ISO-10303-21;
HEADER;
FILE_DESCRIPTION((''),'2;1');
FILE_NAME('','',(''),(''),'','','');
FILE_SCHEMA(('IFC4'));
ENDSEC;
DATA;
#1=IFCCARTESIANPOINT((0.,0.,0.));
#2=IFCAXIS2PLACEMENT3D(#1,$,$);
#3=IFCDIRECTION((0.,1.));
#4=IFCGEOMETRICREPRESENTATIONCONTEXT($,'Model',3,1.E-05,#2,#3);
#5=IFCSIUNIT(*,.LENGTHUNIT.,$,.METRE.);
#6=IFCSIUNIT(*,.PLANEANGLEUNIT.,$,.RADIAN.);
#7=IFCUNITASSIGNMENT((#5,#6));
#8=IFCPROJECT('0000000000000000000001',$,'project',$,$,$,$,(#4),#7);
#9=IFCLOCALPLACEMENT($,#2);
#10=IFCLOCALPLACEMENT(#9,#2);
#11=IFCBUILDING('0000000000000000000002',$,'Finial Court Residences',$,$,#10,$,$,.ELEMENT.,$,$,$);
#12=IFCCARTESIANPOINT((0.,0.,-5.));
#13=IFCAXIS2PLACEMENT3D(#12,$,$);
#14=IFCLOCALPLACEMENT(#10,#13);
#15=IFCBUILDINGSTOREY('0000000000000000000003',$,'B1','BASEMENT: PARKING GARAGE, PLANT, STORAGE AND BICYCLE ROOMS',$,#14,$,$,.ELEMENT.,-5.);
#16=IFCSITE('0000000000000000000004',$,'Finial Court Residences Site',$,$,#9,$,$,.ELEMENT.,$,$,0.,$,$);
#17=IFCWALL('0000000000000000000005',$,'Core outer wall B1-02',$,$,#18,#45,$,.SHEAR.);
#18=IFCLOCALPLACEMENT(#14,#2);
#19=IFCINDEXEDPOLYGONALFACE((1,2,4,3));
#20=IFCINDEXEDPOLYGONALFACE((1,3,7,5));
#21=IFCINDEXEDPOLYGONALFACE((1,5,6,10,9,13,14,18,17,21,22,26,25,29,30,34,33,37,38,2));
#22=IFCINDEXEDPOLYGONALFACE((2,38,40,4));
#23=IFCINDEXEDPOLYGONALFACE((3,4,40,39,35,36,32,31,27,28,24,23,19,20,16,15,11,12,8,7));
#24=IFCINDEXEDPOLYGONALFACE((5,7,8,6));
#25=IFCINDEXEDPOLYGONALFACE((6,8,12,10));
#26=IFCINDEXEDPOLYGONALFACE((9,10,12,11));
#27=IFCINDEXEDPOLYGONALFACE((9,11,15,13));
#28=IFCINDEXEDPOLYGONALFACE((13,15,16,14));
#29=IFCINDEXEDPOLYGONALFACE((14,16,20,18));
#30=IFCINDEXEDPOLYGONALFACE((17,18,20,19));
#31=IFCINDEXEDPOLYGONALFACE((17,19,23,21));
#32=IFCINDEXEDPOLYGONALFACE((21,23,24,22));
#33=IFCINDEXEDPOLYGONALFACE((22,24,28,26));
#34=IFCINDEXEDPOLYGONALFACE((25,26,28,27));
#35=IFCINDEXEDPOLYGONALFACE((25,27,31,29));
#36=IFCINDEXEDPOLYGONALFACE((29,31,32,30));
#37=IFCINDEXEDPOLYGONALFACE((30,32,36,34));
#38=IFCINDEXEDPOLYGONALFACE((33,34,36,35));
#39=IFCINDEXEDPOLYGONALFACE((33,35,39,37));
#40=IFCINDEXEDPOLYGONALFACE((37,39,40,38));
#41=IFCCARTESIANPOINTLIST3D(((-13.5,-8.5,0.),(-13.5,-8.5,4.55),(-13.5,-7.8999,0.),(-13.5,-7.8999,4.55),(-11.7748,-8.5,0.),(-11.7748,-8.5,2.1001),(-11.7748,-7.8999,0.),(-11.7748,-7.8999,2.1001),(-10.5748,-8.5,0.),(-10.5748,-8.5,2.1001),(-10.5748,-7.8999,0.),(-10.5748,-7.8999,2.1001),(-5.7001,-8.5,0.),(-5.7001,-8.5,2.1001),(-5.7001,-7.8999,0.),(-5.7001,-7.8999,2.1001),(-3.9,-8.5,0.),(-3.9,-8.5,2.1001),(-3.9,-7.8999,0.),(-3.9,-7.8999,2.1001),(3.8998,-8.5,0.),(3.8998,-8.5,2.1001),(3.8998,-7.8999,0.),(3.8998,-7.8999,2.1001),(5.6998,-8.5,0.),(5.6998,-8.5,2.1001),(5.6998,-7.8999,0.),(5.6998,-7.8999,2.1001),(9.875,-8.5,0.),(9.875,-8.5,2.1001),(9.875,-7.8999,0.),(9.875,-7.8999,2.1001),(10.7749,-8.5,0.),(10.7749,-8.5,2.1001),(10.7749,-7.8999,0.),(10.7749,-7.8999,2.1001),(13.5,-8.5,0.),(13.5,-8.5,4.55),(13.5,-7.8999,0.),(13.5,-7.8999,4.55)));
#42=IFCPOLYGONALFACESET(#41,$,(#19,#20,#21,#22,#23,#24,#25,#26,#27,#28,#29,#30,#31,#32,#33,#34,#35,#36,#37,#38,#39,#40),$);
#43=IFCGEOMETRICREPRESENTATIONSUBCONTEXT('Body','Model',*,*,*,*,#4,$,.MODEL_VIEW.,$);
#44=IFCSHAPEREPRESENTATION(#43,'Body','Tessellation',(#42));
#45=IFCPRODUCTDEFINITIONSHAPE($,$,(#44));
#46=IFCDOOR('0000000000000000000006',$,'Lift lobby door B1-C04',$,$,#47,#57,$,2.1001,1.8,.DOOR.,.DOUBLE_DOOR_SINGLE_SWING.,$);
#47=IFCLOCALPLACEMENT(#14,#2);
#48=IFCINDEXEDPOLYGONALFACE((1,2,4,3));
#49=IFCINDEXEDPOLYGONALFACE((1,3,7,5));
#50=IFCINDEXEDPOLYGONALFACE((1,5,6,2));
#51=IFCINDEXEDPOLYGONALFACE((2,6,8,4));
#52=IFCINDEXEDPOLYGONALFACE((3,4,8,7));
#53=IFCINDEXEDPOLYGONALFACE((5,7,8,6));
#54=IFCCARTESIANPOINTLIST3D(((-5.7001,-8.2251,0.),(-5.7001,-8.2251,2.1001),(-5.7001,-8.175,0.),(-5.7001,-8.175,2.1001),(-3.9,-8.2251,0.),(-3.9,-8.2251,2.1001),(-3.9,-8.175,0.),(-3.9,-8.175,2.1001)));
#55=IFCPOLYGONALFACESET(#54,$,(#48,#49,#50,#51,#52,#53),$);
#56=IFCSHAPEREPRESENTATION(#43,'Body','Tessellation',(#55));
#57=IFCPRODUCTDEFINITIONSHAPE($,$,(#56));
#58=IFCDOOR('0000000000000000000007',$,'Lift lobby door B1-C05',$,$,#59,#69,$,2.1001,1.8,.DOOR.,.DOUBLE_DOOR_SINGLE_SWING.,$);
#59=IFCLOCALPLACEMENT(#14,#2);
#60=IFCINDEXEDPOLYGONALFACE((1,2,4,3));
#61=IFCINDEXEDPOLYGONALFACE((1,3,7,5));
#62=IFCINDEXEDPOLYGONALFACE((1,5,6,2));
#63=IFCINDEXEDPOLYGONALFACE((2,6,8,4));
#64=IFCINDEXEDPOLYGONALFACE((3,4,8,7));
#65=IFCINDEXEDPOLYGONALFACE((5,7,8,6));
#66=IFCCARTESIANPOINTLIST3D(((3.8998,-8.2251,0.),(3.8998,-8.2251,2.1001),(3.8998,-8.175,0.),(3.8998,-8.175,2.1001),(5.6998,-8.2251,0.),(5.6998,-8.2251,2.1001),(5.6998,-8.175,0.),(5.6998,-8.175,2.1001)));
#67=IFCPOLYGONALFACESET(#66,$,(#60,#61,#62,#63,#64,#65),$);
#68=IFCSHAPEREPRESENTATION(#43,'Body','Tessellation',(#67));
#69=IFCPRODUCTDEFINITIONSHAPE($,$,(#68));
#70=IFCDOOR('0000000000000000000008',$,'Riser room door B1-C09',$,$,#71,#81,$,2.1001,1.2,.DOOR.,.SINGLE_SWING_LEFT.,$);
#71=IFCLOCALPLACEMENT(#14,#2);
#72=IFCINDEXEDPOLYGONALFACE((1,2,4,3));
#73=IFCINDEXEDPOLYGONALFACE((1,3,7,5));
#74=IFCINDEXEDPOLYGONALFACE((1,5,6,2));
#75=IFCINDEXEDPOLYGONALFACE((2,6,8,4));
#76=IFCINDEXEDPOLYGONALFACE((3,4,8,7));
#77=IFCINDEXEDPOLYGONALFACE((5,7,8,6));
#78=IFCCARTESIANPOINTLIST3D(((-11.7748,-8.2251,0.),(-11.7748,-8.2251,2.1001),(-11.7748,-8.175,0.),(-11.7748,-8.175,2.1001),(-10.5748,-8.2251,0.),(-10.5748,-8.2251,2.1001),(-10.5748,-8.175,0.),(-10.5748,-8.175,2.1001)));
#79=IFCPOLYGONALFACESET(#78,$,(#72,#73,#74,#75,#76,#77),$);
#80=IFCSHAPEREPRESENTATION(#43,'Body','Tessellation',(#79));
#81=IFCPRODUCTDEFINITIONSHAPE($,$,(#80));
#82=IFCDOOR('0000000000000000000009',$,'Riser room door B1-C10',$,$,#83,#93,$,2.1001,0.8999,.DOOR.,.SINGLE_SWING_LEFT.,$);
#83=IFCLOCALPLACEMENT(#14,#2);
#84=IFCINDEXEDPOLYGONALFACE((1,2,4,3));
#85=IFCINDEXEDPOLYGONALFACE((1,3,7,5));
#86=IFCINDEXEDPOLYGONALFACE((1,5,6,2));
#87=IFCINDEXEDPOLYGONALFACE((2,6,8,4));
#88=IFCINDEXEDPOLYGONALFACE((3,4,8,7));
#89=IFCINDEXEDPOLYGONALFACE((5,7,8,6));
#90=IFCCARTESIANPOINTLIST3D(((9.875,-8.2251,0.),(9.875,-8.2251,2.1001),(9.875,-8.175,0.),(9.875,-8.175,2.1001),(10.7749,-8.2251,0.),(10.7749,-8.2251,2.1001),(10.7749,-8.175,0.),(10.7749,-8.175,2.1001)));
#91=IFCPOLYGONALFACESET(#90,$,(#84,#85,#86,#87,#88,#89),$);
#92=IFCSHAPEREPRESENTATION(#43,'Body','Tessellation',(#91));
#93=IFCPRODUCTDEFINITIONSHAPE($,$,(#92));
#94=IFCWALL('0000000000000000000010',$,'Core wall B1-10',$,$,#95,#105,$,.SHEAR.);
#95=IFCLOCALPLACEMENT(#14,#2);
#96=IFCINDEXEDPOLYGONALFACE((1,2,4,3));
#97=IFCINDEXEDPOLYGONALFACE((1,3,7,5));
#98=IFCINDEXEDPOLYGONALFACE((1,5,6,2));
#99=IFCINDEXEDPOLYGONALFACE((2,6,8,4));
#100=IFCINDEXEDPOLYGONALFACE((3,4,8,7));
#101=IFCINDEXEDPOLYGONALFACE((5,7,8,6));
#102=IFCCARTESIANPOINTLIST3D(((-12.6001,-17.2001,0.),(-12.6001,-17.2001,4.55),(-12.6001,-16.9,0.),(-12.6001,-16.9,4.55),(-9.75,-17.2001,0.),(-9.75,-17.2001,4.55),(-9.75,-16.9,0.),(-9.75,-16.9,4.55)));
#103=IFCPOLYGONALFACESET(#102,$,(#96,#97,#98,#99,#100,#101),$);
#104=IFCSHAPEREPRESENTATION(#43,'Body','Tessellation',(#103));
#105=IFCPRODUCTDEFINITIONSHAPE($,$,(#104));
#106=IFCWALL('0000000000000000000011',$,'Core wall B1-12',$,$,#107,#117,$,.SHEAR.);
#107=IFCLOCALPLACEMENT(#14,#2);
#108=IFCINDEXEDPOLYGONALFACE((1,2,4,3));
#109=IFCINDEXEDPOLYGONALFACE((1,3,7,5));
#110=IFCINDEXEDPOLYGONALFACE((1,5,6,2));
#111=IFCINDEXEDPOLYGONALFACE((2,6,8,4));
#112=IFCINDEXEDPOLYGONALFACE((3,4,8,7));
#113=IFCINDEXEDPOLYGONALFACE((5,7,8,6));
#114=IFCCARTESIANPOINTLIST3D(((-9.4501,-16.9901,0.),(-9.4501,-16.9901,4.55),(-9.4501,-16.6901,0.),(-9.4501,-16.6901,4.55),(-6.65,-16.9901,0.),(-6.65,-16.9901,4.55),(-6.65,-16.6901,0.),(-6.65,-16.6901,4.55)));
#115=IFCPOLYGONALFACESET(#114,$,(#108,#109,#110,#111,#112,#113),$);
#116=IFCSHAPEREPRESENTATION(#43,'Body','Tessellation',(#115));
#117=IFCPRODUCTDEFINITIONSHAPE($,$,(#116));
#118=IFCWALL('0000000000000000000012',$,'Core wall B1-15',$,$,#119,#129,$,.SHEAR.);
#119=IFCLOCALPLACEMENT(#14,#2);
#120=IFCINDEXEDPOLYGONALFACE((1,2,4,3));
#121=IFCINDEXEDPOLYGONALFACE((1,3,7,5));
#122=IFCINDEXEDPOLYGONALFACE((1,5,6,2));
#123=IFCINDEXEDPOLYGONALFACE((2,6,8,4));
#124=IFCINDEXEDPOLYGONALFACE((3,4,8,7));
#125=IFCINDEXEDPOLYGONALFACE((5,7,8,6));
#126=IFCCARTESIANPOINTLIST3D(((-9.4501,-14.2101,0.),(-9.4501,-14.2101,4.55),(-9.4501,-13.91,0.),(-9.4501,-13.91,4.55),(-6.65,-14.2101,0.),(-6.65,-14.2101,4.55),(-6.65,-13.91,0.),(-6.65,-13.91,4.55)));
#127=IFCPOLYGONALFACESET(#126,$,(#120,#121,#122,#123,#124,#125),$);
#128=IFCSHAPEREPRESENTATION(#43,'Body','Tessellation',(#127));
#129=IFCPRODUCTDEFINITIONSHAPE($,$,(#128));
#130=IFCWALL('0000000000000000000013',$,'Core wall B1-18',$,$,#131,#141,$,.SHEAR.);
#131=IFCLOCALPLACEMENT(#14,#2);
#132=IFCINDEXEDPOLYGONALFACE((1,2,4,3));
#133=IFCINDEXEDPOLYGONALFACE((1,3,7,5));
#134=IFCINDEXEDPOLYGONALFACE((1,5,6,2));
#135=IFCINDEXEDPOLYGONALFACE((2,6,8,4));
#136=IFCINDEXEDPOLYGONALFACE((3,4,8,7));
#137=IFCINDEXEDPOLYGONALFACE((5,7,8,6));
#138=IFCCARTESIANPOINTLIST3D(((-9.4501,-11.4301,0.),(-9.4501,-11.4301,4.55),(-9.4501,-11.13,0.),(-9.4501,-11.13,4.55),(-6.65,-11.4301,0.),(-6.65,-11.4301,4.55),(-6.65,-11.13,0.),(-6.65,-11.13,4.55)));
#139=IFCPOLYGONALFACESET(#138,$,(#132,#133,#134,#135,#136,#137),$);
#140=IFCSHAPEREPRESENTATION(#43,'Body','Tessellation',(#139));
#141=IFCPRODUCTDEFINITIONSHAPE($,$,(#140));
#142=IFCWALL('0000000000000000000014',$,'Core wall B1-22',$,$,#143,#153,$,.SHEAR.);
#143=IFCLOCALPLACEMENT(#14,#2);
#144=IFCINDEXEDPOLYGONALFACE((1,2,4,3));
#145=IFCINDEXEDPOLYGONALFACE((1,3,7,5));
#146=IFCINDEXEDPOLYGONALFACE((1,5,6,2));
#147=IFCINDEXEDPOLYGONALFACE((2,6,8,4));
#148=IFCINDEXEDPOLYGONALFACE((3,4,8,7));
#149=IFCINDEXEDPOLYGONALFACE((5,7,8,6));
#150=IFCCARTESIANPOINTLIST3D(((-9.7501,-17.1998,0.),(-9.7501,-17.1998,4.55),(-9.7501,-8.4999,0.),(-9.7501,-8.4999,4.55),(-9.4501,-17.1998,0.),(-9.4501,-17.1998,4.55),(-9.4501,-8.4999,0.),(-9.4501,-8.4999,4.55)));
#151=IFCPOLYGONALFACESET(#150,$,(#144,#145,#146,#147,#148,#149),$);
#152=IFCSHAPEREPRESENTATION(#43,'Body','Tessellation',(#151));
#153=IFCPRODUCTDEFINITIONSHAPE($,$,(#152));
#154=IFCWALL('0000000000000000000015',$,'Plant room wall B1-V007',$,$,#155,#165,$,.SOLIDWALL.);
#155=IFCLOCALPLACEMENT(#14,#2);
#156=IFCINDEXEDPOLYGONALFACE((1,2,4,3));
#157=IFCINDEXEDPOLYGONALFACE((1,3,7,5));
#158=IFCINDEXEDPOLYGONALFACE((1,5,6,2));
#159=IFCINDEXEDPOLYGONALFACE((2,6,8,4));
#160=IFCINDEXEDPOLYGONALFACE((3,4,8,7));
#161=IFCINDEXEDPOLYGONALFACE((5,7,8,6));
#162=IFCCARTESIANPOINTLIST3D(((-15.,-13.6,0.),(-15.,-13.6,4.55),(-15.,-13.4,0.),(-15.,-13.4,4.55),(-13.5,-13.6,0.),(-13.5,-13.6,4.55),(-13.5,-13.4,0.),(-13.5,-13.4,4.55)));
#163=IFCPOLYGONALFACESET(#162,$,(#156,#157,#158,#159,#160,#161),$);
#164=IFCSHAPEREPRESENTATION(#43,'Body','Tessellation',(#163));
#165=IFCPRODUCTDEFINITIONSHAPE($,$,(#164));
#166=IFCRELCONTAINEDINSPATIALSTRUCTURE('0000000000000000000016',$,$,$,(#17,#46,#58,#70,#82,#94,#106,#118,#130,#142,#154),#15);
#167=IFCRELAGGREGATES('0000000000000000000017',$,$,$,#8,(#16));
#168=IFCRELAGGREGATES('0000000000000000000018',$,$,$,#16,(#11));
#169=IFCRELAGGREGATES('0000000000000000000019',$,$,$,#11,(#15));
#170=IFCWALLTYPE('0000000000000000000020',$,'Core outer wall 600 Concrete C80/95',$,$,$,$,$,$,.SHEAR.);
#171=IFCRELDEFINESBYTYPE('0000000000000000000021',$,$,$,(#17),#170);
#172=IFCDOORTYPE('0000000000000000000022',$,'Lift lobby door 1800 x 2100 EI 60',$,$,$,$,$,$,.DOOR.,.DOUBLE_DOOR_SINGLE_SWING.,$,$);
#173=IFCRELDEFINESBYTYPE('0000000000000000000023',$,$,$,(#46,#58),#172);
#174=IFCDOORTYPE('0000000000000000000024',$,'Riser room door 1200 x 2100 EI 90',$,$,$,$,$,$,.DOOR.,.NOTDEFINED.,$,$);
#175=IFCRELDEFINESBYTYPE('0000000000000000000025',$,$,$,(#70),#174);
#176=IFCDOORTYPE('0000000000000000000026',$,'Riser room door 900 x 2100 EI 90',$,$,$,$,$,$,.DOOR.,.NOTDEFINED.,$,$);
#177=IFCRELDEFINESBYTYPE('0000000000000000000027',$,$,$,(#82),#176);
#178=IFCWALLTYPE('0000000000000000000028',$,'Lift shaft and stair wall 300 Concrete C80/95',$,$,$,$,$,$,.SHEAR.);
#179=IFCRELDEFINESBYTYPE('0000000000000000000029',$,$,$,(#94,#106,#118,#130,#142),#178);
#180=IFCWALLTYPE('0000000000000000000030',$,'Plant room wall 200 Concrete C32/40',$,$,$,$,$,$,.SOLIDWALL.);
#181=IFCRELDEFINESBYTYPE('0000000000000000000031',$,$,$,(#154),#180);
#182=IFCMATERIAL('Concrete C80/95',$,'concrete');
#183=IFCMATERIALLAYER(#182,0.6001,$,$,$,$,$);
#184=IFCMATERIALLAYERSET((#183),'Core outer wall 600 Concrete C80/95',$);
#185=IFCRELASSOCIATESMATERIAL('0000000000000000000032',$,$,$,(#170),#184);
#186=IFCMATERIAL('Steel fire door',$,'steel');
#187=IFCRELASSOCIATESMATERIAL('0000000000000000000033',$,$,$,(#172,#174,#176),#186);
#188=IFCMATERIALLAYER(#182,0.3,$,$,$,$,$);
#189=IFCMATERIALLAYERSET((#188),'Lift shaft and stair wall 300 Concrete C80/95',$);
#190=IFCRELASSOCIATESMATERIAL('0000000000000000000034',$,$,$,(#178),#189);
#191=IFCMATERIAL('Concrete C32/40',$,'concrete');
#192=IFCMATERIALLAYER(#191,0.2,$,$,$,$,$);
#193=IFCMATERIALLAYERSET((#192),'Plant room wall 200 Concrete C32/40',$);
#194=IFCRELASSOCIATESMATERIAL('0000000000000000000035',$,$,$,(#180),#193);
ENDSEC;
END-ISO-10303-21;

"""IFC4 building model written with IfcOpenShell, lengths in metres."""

from ifc_helpers import new_model, si_unit, direction, frame, frame_2d, origin, place, context, subcontext, project, spatial, rectangle, extrude, material, layer, layer_set, type_object, element, fill, save


model = new_model("IFC4")

# Units and contexts
model_context = context("Model", 3, precision=1e-05, world=origin(), true_north=direction((0.0, 1.0)))
body_context = subcontext(model_context, "Body", "Model", "MODEL_VIEW")
ifc_project = project(units=[si_unit("LENGTHUNIT", "METRE"), si_unit("PLANEANGLEUNIT", "RADIAN")], contexts=[model_context])

# Site, building, storey
site_placement = place(None, origin())
site = spatial("IfcSite", under=ifc_project, at=site_placement, Name="Finial Court Residences Site", CompositionType="ELEMENT", RefElevation=0.0)
building_placement = place(site_placement, origin())
building = spatial("IfcBuilding", under=site, at=building_placement, Name="Finial Court Residences", CompositionType="ELEMENT")
storey_placement = place(building_placement, frame((0.0, 0.0, -5.0)))
storey = spatial("IfcBuildingStorey", under=building, at=storey_placement, Name="B1", Description="BASEMENT: PARKING GARAGE, PLANT, STORAGE AND BICYCLE ROOMS", CompositionType="ELEMENT", Elevation=-5.0)

# Shared definitions
ifc_material_1 = material(Name="Concrete C80/95", Category="concrete")

# Wall, openings, doors
ifc_layer_1 = layer(ifc_material_1, 0.6001)
ifc_layer_set_1 = layer_set([ifc_layer_1], Name="Core outer wall 600 Concrete C80/95")
wall_type_1 = type_object("IfcWallType", Name="Core outer wall 600 Concrete C80/95", PredefinedType="SHEAR", material=ifc_layer_set_1)
wall_1_placement = place(storey_placement, frame((-13.5, -8.2, 0.0), z_axis=(0.0, 0.0, 1.0), x_axis=(1.0, 0.0, 0.0)))
wall_1 = element("IfcWall", 1, at=wall_1_placement, inside=storey, type_object=wall_type_1, Name="Core outer wall B1-02", PredefinedType="SHEAR", context=body_context, shape_type="SweptSolid", body=[
    extrude(rectangle(XDim=27.0, YDim=0.6001, at=frame_2d((13.5, 0.0))), origin(), (0.0, 0.0, 1.0), 4.55),
])
opening_1_placement = place(wall_1_placement, frame((7.8, 0.0, 0.0)))
opening_1 = element("IfcOpeningElement", 2, at=opening_1_placement, cuts=wall_1, PredefinedType="OPENING", context=body_context, shape_type="SweptSolid", body=[
    extrude(rectangle(XDim=1.8, YDim=2.1001, at=frame_2d((0.8999, 1.05))), frame((0.0, 0.3101, 0.0), z_axis=(0.0, -1.0, 0.0), x_axis=(1.0, 0.0, 0.0)), (0.0, 0.0, 1.0), 0.6201),
])
opening_2_placement = place(wall_1_placement, frame((17.3999, 0.0, 0.0)))
opening_2 = element("IfcOpeningElement", 3, at=opening_2_placement, cuts=wall_1, PredefinedType="OPENING", context=body_context, shape_type="SweptSolid", body=[
    extrude(rectangle(XDim=1.8, YDim=2.1001, at=frame_2d((0.8999, 1.05))), frame((0.0, 0.3101, 0.0), z_axis=(0.0, -1.0, 0.0), x_axis=(1.0, 0.0, 0.0)), (0.0, 0.0, 1.0), 0.6201),
])
opening_3_placement = place(wall_1_placement, frame((1.7251, 0.0, 0.0)))
opening_3 = element("IfcOpeningElement", 4, at=opening_3_placement, cuts=wall_1, PredefinedType="OPENING", context=body_context, shape_type="SweptSolid", body=[
    extrude(rectangle(XDim=1.2, YDim=2.1001, at=frame_2d((0.6001, 1.05))), frame((0.0, 0.3101, 0.0), z_axis=(0.0, -1.0, 0.0), x_axis=(1.0, 0.0, 0.0)), (0.0, 0.0, 1.0), 0.6201),
])
opening_4_placement = place(wall_1_placement, frame((23.375, 0.0, 0.0)))
opening_4 = element("IfcOpeningElement", 5, at=opening_4_placement, cuts=wall_1, PredefinedType="OPENING", context=body_context, shape_type="SweptSolid", body=[
    extrude(rectangle(XDim=0.8999, YDim=2.1001, at=frame_2d((0.45, 1.05))), frame((0.0, 0.3101, 0.0), z_axis=(0.0, -1.0, 0.0), x_axis=(1.0, 0.0, 0.0)), (0.0, 0.0, 1.0), 0.6201),
])
ifc_material_2 = material(Name="Steel fire door", Category="steel")
door_type_1 = type_object("IfcDoorType", Name="Lift lobby door 1800 x 2100 EI 60", OperationType="DOUBLE_DOOR_SINGLE_SWING", PredefinedType="DOOR", material=ifc_material_2)
door_1_placement = place(opening_1_placement, origin())
door_1 = element("IfcDoor", 6, at=door_1_placement, inside=storey, type_object=door_type_1, Name="Lift lobby door B1-C04", OperationType="DOUBLE_DOOR_SINGLE_SWING", OverallHeight=2.1001, OverallWidth=1.8, PredefinedType="DOOR", context=body_context, shape_type="SweptSolid", body=[
    extrude(rectangle(XDim=1.8, YDim=2.1001, at=frame_2d((0.8999, 1.05))), frame((0.0, 0.0249, 0.0), z_axis=(0.0, -1.0, 0.0), x_axis=(1.0, 0.0, 0.0)), (0.0, 0.0, 1.0), 0.05),
])
fill(opening_1, door_1)
door_2_placement = place(opening_2_placement, origin())
door_2 = element("IfcDoor", 7, at=door_2_placement, inside=storey, type_object=door_type_1, Name="Lift lobby door B1-C05", OperationType="DOUBLE_DOOR_SINGLE_SWING", OverallHeight=2.1001, OverallWidth=1.8, PredefinedType="DOOR", context=body_context, shape_type="SweptSolid", body=[
    extrude(rectangle(XDim=1.8, YDim=2.1001, at=frame_2d((0.8999, 1.05))), frame((0.0, 0.0249, 0.0), z_axis=(0.0, -1.0, 0.0), x_axis=(1.0, 0.0, 0.0)), (0.0, 0.0, 1.0), 0.05),
])
fill(opening_2, door_2)
door_type_2 = type_object("IfcDoorType", Name="Riser room door 1200 x 2100 EI 90", OperationType="NOTDEFINED", PredefinedType="DOOR", material=ifc_material_2)
door_3_placement = place(opening_3_placement, origin())
door_3 = element("IfcDoor", 8, at=door_3_placement, inside=storey, type_object=door_type_2, Name="Riser room door B1-C09", OperationType="SINGLE_SWING_LEFT", OverallHeight=2.1001, OverallWidth=1.2, PredefinedType="DOOR", context=body_context, shape_type="SweptSolid", body=[
    extrude(rectangle(XDim=1.2, YDim=2.1001, at=frame_2d((0.6001, 1.05))), frame((0.0, 0.0249, 0.0), z_axis=(0.0, -1.0, 0.0), x_axis=(1.0, 0.0, 0.0)), (0.0, 0.0, 1.0), 0.05),
])
fill(opening_3, door_3)
door_type_3 = type_object("IfcDoorType", Name="Riser room door 900 x 2100 EI 90", OperationType="NOTDEFINED", PredefinedType="DOOR", material=ifc_material_2)
door_4_placement = place(opening_4_placement, origin())
door_4 = element("IfcDoor", 9, at=door_4_placement, inside=storey, type_object=door_type_3, Name="Riser room door B1-C10", OperationType="SINGLE_SWING_LEFT", OverallHeight=2.1001, OverallWidth=0.8999, PredefinedType="DOOR", context=body_context, shape_type="SweptSolid", body=[
    extrude(rectangle(XDim=0.8999, YDim=2.1001, at=frame_2d((0.45, 1.05))), frame((0.0, 0.0249, 0.0), z_axis=(0.0, -1.0, 0.0), x_axis=(1.0, 0.0, 0.0)), (0.0, 0.0, 1.0), 0.05),
])
fill(opening_4, door_4)

# Walls
ifc_layer_2 = layer(ifc_material_1, 0.3)
ifc_layer_set_2 = layer_set([ifc_layer_2], Name="Lift shaft and stair wall 300 Concrete C80/95")
wall_type_2 = type_object("IfcWallType", Name="Lift shaft and stair wall 300 Concrete C80/95", PredefinedType="SHEAR", material=ifc_layer_set_2)
wall_2_placement = place(storey_placement, frame((-12.6001, -17.05, 0.0), z_axis=(0.0, 0.0, 1.0), x_axis=(1.0, 0.0, 0.0)))
element("IfcWall", 10, at=wall_2_placement, inside=storey, type_object=wall_type_2, Name="Core wall B1-10", PredefinedType="SHEAR", context=body_context, shape_type="SweptSolid", body=[
    extrude(rectangle(XDim=2.8501, YDim=0.3, at=frame_2d((1.425, 0.0))), origin(), (0.0, 0.0, 1.0), 4.55),
])
for number, where, z_axis, x_axis, name in (
    (11, (-9.45, -16.8401, 0.0), (0.0, 0.0, 1.0), (1.0, 0.0, 0.0), "Core wall B1-12"),
    (12, (-9.45, -14.0601, 0.0), (0.0, 0.0, 1.0), (1.0, 0.0, 0.0), "Core wall B1-15"),
    (13, (-9.45, -11.28, 0.0), (0.0, 0.0, 1.0), (1.0, 0.0, 0.0), "Core wall B1-18"),
):
    element("IfcWall", number, at=place(storey_placement, frame(where, z_axis=z_axis, x_axis=x_axis)), inside=storey, type_object=wall_type_2, Name=name, PredefinedType="SHEAR", context=body_context, shape_type="SweptSolid", body=[
        extrude(rectangle(XDim=2.8, YDim=0.3, at=frame_2d((1.3999, 0.0))), origin(), (0.0, 0.0, 1.0), 4.55),
    ])
wall_3_placement = place(storey_placement, frame((-9.6001, -17.2, 0.0), z_axis=(0.0, 0.0, 1.0), x_axis=(0.0, 1.0, 0.0)))
element("IfcWall", 14, at=wall_3_placement, inside=storey, type_object=wall_type_2, Name="Core wall B1-22", PredefinedType="SHEAR", context=body_context, shape_type="SweptSolid", body=[
    extrude(rectangle(XDim=8.7, YDim=0.3, at=frame_2d((4.3501, 0.0))), origin(), (0.0, 0.0, 1.0), 4.55),
])
ifc_material_3 = material(Name="Concrete C32/40", Category="concrete")
ifc_layer_3 = layer(ifc_material_3, 0.2)
ifc_layer_set_3 = layer_set([ifc_layer_3], Name="Plant room wall 200 Concrete C32/40")
wall_type_3 = type_object("IfcWallType", Name="Plant room wall 200 Concrete C32/40", PredefinedType="SOLIDWALL", material=ifc_layer_set_3)
wall_4_placement = place(storey_placement, frame((-15.0, -13.5, 0.0), z_axis=(0.0, 0.0, 1.0), x_axis=(1.0, 0.0, 0.0)))
element("IfcWall", 15, at=wall_4_placement, inside=storey, type_object=wall_type_3, Name="Plant room wall B1-V007", PredefinedType="SOLIDWALL", context=body_context, shape_type="SweptSolid", body=[
    extrude(rectangle(XDim=1.5, YDim=0.2, at=frame_2d((0.75, 0.0))), origin(), (0.0, 0.0, 1.0), 4.55),
])

save(model, "model.ifc")
